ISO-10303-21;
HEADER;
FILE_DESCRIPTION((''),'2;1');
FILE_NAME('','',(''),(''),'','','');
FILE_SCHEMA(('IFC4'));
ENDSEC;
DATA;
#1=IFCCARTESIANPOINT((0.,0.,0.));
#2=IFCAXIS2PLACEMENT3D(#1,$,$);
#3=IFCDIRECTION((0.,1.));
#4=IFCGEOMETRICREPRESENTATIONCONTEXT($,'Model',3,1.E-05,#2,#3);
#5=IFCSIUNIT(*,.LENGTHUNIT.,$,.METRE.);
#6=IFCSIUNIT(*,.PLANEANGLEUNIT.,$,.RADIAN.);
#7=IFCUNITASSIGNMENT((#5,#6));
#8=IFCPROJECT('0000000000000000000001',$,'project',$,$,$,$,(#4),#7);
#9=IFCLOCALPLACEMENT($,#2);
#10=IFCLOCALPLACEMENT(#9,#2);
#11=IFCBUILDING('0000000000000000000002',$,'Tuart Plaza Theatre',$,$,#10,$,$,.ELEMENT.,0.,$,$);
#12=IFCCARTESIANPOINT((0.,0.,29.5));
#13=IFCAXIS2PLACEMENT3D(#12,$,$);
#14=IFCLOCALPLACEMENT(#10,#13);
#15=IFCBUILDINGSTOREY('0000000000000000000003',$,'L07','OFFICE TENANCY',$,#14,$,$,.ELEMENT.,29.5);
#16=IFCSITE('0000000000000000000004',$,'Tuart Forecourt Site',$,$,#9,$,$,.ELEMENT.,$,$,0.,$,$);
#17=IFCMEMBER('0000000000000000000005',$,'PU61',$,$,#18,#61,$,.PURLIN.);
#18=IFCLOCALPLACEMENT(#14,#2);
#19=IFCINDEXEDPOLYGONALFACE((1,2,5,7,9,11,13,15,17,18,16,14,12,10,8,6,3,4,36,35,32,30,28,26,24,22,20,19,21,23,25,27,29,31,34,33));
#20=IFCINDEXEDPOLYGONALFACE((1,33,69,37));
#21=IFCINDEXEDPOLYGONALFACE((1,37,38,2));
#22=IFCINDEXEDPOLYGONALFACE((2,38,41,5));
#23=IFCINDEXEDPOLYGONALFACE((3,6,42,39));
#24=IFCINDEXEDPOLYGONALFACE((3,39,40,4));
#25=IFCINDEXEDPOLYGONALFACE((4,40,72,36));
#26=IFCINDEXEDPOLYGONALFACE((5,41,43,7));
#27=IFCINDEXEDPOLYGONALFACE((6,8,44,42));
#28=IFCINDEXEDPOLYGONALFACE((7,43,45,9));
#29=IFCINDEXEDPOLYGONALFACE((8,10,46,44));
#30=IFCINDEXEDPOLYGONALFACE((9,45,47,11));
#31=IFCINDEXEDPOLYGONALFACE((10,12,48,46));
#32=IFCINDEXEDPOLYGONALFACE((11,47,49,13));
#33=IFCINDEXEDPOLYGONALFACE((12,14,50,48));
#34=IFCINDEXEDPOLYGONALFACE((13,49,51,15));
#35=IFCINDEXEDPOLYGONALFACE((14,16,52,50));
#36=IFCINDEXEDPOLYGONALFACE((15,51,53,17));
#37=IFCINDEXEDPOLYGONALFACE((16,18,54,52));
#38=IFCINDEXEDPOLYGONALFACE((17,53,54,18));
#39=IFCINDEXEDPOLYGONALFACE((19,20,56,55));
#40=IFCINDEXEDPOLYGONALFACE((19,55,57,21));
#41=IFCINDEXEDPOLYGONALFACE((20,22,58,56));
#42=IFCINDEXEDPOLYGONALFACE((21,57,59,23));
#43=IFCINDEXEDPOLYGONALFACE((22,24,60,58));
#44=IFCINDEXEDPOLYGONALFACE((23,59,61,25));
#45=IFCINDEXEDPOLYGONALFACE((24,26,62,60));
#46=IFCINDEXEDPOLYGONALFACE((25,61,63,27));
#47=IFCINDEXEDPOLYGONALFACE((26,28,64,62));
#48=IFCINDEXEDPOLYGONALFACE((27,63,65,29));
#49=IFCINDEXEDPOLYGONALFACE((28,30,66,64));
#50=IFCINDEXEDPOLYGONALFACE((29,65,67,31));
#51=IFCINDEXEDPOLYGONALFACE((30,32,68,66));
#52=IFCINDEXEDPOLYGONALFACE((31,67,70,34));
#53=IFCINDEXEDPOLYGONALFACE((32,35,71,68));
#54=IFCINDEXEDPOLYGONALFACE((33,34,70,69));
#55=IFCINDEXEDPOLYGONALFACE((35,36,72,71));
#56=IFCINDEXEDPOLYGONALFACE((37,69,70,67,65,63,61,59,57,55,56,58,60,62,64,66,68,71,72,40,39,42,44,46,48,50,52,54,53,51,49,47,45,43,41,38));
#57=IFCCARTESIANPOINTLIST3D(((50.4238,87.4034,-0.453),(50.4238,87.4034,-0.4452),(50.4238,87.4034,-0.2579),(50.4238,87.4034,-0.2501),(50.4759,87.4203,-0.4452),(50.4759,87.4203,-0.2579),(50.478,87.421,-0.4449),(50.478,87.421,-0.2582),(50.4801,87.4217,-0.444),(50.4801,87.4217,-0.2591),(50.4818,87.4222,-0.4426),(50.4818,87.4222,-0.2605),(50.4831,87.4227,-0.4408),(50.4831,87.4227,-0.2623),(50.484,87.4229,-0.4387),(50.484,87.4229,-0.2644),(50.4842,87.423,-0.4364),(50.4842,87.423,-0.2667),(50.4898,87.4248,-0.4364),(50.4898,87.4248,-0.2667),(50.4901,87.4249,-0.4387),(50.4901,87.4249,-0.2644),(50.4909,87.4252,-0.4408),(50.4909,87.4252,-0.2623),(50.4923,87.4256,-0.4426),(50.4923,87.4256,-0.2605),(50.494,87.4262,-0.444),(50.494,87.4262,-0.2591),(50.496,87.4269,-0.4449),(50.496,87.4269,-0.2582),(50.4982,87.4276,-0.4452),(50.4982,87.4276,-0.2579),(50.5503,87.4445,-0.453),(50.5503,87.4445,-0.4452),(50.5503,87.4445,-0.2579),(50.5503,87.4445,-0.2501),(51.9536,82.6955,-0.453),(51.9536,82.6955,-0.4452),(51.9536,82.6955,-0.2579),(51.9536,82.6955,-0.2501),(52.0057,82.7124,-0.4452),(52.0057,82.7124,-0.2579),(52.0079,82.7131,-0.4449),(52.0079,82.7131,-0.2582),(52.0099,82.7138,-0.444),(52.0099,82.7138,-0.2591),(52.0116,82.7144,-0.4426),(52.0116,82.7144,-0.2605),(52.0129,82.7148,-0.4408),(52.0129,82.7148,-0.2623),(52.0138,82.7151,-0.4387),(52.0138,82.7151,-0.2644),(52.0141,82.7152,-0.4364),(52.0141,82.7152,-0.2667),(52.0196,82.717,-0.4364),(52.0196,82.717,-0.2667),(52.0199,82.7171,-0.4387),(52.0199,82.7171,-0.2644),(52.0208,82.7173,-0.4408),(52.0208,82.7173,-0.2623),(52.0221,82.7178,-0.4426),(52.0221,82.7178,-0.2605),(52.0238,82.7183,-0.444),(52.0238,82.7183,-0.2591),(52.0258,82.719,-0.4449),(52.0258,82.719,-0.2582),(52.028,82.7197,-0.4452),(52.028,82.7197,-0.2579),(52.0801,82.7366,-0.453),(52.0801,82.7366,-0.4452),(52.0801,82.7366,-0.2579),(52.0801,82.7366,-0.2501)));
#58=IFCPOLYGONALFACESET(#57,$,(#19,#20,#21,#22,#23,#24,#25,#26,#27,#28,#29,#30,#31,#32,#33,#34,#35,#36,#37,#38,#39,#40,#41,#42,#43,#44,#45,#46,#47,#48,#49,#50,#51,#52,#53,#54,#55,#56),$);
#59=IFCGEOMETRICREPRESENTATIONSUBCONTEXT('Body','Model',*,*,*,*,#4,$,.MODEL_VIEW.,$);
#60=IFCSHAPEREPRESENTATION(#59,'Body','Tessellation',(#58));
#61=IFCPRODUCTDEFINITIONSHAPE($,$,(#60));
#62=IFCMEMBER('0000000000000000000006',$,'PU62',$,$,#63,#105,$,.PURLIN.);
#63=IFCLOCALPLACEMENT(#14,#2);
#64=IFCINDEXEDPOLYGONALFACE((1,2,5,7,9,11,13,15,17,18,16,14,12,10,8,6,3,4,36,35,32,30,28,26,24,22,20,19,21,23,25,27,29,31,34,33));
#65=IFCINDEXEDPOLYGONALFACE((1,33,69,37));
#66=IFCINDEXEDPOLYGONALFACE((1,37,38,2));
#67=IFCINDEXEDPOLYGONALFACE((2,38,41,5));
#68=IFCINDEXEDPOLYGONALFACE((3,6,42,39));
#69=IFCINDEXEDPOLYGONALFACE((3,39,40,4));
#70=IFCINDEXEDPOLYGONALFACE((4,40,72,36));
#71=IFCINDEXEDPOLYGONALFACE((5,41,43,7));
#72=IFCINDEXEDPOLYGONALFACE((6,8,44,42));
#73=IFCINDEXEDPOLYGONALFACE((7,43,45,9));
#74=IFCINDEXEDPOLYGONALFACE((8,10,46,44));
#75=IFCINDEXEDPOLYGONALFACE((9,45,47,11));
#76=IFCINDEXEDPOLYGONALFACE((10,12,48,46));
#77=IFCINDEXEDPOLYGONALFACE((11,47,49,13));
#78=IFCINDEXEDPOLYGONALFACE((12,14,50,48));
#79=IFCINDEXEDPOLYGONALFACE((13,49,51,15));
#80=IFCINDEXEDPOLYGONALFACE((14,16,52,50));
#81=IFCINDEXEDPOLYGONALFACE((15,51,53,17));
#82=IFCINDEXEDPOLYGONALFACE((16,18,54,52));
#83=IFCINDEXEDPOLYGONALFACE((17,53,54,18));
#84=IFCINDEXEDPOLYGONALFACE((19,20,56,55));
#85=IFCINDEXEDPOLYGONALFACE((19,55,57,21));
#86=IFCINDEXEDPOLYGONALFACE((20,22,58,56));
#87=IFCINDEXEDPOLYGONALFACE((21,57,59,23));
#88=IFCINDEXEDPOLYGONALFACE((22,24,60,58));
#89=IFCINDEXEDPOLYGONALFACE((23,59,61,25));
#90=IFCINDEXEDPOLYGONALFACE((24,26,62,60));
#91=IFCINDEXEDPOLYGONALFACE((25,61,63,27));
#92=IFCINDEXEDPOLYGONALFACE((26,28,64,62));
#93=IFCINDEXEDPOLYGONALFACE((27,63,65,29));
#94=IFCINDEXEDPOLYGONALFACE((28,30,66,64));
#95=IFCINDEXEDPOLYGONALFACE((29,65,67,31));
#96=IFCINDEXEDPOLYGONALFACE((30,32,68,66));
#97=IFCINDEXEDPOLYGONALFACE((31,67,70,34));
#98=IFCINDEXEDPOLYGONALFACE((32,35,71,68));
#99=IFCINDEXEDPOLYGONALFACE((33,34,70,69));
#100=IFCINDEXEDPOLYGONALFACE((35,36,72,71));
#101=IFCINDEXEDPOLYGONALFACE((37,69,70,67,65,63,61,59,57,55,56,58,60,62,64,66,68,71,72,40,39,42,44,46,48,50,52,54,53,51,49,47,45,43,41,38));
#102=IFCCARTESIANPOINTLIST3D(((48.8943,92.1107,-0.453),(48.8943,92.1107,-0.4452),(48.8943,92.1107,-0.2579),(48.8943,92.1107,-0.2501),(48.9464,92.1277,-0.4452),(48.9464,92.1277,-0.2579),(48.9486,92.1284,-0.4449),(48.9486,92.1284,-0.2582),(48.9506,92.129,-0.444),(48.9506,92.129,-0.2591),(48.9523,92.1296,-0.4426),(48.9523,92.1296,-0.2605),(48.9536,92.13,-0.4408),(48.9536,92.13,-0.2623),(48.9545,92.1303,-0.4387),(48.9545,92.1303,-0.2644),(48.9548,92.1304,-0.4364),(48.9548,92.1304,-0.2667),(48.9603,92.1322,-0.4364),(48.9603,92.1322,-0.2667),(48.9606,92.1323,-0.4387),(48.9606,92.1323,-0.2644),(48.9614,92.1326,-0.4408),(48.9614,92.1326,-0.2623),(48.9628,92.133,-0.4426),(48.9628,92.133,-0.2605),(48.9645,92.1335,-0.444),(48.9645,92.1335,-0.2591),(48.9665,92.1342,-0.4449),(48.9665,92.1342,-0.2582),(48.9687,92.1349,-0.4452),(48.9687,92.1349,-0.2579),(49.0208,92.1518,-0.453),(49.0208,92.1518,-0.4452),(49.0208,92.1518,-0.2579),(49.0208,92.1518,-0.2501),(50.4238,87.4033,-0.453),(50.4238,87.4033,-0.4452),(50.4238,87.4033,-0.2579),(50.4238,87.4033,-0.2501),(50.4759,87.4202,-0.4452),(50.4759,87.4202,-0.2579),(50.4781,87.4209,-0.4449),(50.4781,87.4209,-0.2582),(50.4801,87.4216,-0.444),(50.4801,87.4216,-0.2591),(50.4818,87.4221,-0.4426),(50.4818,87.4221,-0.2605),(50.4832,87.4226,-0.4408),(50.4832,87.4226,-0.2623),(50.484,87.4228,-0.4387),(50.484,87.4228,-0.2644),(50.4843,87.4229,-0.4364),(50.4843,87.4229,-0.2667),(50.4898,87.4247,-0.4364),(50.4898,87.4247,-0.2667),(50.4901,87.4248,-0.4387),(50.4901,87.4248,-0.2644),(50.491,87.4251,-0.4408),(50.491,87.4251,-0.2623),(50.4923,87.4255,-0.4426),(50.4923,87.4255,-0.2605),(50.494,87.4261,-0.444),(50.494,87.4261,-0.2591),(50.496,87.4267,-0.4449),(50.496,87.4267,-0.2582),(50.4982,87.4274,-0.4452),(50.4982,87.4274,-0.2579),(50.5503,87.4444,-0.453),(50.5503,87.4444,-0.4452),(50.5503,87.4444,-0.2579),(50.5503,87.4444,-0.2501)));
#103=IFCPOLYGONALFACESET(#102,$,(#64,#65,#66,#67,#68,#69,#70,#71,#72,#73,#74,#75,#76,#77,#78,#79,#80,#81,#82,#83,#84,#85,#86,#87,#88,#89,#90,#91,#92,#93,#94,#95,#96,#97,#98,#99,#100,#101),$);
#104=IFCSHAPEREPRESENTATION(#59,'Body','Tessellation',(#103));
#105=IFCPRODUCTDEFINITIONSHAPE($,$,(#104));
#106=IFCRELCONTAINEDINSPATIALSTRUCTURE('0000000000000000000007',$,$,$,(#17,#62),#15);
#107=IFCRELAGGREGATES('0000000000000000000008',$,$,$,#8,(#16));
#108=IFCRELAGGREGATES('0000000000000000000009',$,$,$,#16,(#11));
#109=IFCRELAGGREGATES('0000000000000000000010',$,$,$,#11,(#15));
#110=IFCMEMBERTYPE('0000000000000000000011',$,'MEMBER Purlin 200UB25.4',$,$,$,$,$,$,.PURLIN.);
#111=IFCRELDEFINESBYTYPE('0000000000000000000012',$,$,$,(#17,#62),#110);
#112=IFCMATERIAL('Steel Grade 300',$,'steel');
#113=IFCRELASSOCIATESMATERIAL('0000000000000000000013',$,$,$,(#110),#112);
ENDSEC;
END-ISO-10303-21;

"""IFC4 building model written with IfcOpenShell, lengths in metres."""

from ifc_helpers import new_model, si_unit, direction, frame, origin, origin_2d, place, context, subcontext, project, spatial, i_section, extrude, material, material_profile, profile_set, type_object, element, save


model = new_model("IFC4")

# Units and contexts
model_context = context("Model", 3, precision=1e-05, world=origin(), true_north=direction((0.0, 1.0)))
body_context = subcontext(model_context, "Body", "Model", "MODEL_VIEW")
ifc_project = project(units=[si_unit("LENGTHUNIT", "METRE"), si_unit("PLANEANGLEUNIT", "RADIAN")], contexts=[model_context])

# Site, building, storey
site_placement = place(None, origin())
site = spatial("IfcSite", under=ifc_project, at=site_placement, Name="Tuart Forecourt Site", CompositionType="ELEMENT", RefElevation=0.0)
building_placement = place(site_placement, origin())
building = spatial("IfcBuilding", under=site, at=building_placement, Name="Tuart Plaza Theatre", CompositionType="ELEMENT", ElevationOfRefHeight=0.0)
storey_placement = place(building_placement, frame((0.0, 0.0, 29.5)))
storey = spatial("IfcBuildingStorey", under=building, at=storey_placement, Name="L07", Description="OFFICE TENANCY", CompositionType="ELEMENT", Elevation=29.5)

# Members
ifc_material_1 = material(Name="Steel Grade 300", Category="steel")
ifc_material_profile_1 = material_profile(ifc_material_1, i_section(OverallWidth=0.1331, OverallDepth=0.2029, WebThickness=0.0059, FlangeThickness=0.0078, FilletRadius=0.0088, at=origin_2d()), Name="200UB25.4")
ifc_profile_set_1 = profile_set([ifc_material_profile_1], Name="Steel Grade 300")
member_type_1 = type_object("IfcMemberType", Name="MEMBER Purlin 200UB25.4", PredefinedType="PURLIN", material=ifc_profile_set_1)
member_1_placement = place(storey_placement, frame((52.0168, 82.7161, -0.3516), z_axis=(-0.309043, 0.951048, 0.0), x_axis=(-0.951048, -0.309043, 0.0)))
element("IfcMember", 1, at=member_1_placement, inside=storey, type_object=member_type_1, Name="PU61", PredefinedType="PURLIN", context=body_context, shape_type="SweptSolid", body=[
    extrude(i_section(OverallWidth=0.1331, OverallDepth=0.2029, WebThickness=0.0059, FlangeThickness=0.0078, FilletRadius=0.0088, at=origin_2d()), origin(), (0.0, 0.0, 1.0), 4.9502),
])
member_2_placement = place(storey_placement, frame((50.4871, 87.4238, -0.3516), z_axis=(-0.309012, 0.951058, 0.0), x_axis=(-0.951058, -0.309012, 0.0)))
element("IfcMember", 2, at=member_2_placement, inside=storey, type_object=member_type_1, Name="PU62", PredefinedType="PURLIN", context=body_context, shape_type="SweptSolid", body=[
    extrude(i_section(OverallWidth=0.1331, OverallDepth=0.2029, WebThickness=0.0059, FlangeThickness=0.0078, FilletRadius=0.0088, at=origin_2d()), origin(), (0.0, 0.0, 1.0), 4.9497),
])

save(model, "model.ifc")
